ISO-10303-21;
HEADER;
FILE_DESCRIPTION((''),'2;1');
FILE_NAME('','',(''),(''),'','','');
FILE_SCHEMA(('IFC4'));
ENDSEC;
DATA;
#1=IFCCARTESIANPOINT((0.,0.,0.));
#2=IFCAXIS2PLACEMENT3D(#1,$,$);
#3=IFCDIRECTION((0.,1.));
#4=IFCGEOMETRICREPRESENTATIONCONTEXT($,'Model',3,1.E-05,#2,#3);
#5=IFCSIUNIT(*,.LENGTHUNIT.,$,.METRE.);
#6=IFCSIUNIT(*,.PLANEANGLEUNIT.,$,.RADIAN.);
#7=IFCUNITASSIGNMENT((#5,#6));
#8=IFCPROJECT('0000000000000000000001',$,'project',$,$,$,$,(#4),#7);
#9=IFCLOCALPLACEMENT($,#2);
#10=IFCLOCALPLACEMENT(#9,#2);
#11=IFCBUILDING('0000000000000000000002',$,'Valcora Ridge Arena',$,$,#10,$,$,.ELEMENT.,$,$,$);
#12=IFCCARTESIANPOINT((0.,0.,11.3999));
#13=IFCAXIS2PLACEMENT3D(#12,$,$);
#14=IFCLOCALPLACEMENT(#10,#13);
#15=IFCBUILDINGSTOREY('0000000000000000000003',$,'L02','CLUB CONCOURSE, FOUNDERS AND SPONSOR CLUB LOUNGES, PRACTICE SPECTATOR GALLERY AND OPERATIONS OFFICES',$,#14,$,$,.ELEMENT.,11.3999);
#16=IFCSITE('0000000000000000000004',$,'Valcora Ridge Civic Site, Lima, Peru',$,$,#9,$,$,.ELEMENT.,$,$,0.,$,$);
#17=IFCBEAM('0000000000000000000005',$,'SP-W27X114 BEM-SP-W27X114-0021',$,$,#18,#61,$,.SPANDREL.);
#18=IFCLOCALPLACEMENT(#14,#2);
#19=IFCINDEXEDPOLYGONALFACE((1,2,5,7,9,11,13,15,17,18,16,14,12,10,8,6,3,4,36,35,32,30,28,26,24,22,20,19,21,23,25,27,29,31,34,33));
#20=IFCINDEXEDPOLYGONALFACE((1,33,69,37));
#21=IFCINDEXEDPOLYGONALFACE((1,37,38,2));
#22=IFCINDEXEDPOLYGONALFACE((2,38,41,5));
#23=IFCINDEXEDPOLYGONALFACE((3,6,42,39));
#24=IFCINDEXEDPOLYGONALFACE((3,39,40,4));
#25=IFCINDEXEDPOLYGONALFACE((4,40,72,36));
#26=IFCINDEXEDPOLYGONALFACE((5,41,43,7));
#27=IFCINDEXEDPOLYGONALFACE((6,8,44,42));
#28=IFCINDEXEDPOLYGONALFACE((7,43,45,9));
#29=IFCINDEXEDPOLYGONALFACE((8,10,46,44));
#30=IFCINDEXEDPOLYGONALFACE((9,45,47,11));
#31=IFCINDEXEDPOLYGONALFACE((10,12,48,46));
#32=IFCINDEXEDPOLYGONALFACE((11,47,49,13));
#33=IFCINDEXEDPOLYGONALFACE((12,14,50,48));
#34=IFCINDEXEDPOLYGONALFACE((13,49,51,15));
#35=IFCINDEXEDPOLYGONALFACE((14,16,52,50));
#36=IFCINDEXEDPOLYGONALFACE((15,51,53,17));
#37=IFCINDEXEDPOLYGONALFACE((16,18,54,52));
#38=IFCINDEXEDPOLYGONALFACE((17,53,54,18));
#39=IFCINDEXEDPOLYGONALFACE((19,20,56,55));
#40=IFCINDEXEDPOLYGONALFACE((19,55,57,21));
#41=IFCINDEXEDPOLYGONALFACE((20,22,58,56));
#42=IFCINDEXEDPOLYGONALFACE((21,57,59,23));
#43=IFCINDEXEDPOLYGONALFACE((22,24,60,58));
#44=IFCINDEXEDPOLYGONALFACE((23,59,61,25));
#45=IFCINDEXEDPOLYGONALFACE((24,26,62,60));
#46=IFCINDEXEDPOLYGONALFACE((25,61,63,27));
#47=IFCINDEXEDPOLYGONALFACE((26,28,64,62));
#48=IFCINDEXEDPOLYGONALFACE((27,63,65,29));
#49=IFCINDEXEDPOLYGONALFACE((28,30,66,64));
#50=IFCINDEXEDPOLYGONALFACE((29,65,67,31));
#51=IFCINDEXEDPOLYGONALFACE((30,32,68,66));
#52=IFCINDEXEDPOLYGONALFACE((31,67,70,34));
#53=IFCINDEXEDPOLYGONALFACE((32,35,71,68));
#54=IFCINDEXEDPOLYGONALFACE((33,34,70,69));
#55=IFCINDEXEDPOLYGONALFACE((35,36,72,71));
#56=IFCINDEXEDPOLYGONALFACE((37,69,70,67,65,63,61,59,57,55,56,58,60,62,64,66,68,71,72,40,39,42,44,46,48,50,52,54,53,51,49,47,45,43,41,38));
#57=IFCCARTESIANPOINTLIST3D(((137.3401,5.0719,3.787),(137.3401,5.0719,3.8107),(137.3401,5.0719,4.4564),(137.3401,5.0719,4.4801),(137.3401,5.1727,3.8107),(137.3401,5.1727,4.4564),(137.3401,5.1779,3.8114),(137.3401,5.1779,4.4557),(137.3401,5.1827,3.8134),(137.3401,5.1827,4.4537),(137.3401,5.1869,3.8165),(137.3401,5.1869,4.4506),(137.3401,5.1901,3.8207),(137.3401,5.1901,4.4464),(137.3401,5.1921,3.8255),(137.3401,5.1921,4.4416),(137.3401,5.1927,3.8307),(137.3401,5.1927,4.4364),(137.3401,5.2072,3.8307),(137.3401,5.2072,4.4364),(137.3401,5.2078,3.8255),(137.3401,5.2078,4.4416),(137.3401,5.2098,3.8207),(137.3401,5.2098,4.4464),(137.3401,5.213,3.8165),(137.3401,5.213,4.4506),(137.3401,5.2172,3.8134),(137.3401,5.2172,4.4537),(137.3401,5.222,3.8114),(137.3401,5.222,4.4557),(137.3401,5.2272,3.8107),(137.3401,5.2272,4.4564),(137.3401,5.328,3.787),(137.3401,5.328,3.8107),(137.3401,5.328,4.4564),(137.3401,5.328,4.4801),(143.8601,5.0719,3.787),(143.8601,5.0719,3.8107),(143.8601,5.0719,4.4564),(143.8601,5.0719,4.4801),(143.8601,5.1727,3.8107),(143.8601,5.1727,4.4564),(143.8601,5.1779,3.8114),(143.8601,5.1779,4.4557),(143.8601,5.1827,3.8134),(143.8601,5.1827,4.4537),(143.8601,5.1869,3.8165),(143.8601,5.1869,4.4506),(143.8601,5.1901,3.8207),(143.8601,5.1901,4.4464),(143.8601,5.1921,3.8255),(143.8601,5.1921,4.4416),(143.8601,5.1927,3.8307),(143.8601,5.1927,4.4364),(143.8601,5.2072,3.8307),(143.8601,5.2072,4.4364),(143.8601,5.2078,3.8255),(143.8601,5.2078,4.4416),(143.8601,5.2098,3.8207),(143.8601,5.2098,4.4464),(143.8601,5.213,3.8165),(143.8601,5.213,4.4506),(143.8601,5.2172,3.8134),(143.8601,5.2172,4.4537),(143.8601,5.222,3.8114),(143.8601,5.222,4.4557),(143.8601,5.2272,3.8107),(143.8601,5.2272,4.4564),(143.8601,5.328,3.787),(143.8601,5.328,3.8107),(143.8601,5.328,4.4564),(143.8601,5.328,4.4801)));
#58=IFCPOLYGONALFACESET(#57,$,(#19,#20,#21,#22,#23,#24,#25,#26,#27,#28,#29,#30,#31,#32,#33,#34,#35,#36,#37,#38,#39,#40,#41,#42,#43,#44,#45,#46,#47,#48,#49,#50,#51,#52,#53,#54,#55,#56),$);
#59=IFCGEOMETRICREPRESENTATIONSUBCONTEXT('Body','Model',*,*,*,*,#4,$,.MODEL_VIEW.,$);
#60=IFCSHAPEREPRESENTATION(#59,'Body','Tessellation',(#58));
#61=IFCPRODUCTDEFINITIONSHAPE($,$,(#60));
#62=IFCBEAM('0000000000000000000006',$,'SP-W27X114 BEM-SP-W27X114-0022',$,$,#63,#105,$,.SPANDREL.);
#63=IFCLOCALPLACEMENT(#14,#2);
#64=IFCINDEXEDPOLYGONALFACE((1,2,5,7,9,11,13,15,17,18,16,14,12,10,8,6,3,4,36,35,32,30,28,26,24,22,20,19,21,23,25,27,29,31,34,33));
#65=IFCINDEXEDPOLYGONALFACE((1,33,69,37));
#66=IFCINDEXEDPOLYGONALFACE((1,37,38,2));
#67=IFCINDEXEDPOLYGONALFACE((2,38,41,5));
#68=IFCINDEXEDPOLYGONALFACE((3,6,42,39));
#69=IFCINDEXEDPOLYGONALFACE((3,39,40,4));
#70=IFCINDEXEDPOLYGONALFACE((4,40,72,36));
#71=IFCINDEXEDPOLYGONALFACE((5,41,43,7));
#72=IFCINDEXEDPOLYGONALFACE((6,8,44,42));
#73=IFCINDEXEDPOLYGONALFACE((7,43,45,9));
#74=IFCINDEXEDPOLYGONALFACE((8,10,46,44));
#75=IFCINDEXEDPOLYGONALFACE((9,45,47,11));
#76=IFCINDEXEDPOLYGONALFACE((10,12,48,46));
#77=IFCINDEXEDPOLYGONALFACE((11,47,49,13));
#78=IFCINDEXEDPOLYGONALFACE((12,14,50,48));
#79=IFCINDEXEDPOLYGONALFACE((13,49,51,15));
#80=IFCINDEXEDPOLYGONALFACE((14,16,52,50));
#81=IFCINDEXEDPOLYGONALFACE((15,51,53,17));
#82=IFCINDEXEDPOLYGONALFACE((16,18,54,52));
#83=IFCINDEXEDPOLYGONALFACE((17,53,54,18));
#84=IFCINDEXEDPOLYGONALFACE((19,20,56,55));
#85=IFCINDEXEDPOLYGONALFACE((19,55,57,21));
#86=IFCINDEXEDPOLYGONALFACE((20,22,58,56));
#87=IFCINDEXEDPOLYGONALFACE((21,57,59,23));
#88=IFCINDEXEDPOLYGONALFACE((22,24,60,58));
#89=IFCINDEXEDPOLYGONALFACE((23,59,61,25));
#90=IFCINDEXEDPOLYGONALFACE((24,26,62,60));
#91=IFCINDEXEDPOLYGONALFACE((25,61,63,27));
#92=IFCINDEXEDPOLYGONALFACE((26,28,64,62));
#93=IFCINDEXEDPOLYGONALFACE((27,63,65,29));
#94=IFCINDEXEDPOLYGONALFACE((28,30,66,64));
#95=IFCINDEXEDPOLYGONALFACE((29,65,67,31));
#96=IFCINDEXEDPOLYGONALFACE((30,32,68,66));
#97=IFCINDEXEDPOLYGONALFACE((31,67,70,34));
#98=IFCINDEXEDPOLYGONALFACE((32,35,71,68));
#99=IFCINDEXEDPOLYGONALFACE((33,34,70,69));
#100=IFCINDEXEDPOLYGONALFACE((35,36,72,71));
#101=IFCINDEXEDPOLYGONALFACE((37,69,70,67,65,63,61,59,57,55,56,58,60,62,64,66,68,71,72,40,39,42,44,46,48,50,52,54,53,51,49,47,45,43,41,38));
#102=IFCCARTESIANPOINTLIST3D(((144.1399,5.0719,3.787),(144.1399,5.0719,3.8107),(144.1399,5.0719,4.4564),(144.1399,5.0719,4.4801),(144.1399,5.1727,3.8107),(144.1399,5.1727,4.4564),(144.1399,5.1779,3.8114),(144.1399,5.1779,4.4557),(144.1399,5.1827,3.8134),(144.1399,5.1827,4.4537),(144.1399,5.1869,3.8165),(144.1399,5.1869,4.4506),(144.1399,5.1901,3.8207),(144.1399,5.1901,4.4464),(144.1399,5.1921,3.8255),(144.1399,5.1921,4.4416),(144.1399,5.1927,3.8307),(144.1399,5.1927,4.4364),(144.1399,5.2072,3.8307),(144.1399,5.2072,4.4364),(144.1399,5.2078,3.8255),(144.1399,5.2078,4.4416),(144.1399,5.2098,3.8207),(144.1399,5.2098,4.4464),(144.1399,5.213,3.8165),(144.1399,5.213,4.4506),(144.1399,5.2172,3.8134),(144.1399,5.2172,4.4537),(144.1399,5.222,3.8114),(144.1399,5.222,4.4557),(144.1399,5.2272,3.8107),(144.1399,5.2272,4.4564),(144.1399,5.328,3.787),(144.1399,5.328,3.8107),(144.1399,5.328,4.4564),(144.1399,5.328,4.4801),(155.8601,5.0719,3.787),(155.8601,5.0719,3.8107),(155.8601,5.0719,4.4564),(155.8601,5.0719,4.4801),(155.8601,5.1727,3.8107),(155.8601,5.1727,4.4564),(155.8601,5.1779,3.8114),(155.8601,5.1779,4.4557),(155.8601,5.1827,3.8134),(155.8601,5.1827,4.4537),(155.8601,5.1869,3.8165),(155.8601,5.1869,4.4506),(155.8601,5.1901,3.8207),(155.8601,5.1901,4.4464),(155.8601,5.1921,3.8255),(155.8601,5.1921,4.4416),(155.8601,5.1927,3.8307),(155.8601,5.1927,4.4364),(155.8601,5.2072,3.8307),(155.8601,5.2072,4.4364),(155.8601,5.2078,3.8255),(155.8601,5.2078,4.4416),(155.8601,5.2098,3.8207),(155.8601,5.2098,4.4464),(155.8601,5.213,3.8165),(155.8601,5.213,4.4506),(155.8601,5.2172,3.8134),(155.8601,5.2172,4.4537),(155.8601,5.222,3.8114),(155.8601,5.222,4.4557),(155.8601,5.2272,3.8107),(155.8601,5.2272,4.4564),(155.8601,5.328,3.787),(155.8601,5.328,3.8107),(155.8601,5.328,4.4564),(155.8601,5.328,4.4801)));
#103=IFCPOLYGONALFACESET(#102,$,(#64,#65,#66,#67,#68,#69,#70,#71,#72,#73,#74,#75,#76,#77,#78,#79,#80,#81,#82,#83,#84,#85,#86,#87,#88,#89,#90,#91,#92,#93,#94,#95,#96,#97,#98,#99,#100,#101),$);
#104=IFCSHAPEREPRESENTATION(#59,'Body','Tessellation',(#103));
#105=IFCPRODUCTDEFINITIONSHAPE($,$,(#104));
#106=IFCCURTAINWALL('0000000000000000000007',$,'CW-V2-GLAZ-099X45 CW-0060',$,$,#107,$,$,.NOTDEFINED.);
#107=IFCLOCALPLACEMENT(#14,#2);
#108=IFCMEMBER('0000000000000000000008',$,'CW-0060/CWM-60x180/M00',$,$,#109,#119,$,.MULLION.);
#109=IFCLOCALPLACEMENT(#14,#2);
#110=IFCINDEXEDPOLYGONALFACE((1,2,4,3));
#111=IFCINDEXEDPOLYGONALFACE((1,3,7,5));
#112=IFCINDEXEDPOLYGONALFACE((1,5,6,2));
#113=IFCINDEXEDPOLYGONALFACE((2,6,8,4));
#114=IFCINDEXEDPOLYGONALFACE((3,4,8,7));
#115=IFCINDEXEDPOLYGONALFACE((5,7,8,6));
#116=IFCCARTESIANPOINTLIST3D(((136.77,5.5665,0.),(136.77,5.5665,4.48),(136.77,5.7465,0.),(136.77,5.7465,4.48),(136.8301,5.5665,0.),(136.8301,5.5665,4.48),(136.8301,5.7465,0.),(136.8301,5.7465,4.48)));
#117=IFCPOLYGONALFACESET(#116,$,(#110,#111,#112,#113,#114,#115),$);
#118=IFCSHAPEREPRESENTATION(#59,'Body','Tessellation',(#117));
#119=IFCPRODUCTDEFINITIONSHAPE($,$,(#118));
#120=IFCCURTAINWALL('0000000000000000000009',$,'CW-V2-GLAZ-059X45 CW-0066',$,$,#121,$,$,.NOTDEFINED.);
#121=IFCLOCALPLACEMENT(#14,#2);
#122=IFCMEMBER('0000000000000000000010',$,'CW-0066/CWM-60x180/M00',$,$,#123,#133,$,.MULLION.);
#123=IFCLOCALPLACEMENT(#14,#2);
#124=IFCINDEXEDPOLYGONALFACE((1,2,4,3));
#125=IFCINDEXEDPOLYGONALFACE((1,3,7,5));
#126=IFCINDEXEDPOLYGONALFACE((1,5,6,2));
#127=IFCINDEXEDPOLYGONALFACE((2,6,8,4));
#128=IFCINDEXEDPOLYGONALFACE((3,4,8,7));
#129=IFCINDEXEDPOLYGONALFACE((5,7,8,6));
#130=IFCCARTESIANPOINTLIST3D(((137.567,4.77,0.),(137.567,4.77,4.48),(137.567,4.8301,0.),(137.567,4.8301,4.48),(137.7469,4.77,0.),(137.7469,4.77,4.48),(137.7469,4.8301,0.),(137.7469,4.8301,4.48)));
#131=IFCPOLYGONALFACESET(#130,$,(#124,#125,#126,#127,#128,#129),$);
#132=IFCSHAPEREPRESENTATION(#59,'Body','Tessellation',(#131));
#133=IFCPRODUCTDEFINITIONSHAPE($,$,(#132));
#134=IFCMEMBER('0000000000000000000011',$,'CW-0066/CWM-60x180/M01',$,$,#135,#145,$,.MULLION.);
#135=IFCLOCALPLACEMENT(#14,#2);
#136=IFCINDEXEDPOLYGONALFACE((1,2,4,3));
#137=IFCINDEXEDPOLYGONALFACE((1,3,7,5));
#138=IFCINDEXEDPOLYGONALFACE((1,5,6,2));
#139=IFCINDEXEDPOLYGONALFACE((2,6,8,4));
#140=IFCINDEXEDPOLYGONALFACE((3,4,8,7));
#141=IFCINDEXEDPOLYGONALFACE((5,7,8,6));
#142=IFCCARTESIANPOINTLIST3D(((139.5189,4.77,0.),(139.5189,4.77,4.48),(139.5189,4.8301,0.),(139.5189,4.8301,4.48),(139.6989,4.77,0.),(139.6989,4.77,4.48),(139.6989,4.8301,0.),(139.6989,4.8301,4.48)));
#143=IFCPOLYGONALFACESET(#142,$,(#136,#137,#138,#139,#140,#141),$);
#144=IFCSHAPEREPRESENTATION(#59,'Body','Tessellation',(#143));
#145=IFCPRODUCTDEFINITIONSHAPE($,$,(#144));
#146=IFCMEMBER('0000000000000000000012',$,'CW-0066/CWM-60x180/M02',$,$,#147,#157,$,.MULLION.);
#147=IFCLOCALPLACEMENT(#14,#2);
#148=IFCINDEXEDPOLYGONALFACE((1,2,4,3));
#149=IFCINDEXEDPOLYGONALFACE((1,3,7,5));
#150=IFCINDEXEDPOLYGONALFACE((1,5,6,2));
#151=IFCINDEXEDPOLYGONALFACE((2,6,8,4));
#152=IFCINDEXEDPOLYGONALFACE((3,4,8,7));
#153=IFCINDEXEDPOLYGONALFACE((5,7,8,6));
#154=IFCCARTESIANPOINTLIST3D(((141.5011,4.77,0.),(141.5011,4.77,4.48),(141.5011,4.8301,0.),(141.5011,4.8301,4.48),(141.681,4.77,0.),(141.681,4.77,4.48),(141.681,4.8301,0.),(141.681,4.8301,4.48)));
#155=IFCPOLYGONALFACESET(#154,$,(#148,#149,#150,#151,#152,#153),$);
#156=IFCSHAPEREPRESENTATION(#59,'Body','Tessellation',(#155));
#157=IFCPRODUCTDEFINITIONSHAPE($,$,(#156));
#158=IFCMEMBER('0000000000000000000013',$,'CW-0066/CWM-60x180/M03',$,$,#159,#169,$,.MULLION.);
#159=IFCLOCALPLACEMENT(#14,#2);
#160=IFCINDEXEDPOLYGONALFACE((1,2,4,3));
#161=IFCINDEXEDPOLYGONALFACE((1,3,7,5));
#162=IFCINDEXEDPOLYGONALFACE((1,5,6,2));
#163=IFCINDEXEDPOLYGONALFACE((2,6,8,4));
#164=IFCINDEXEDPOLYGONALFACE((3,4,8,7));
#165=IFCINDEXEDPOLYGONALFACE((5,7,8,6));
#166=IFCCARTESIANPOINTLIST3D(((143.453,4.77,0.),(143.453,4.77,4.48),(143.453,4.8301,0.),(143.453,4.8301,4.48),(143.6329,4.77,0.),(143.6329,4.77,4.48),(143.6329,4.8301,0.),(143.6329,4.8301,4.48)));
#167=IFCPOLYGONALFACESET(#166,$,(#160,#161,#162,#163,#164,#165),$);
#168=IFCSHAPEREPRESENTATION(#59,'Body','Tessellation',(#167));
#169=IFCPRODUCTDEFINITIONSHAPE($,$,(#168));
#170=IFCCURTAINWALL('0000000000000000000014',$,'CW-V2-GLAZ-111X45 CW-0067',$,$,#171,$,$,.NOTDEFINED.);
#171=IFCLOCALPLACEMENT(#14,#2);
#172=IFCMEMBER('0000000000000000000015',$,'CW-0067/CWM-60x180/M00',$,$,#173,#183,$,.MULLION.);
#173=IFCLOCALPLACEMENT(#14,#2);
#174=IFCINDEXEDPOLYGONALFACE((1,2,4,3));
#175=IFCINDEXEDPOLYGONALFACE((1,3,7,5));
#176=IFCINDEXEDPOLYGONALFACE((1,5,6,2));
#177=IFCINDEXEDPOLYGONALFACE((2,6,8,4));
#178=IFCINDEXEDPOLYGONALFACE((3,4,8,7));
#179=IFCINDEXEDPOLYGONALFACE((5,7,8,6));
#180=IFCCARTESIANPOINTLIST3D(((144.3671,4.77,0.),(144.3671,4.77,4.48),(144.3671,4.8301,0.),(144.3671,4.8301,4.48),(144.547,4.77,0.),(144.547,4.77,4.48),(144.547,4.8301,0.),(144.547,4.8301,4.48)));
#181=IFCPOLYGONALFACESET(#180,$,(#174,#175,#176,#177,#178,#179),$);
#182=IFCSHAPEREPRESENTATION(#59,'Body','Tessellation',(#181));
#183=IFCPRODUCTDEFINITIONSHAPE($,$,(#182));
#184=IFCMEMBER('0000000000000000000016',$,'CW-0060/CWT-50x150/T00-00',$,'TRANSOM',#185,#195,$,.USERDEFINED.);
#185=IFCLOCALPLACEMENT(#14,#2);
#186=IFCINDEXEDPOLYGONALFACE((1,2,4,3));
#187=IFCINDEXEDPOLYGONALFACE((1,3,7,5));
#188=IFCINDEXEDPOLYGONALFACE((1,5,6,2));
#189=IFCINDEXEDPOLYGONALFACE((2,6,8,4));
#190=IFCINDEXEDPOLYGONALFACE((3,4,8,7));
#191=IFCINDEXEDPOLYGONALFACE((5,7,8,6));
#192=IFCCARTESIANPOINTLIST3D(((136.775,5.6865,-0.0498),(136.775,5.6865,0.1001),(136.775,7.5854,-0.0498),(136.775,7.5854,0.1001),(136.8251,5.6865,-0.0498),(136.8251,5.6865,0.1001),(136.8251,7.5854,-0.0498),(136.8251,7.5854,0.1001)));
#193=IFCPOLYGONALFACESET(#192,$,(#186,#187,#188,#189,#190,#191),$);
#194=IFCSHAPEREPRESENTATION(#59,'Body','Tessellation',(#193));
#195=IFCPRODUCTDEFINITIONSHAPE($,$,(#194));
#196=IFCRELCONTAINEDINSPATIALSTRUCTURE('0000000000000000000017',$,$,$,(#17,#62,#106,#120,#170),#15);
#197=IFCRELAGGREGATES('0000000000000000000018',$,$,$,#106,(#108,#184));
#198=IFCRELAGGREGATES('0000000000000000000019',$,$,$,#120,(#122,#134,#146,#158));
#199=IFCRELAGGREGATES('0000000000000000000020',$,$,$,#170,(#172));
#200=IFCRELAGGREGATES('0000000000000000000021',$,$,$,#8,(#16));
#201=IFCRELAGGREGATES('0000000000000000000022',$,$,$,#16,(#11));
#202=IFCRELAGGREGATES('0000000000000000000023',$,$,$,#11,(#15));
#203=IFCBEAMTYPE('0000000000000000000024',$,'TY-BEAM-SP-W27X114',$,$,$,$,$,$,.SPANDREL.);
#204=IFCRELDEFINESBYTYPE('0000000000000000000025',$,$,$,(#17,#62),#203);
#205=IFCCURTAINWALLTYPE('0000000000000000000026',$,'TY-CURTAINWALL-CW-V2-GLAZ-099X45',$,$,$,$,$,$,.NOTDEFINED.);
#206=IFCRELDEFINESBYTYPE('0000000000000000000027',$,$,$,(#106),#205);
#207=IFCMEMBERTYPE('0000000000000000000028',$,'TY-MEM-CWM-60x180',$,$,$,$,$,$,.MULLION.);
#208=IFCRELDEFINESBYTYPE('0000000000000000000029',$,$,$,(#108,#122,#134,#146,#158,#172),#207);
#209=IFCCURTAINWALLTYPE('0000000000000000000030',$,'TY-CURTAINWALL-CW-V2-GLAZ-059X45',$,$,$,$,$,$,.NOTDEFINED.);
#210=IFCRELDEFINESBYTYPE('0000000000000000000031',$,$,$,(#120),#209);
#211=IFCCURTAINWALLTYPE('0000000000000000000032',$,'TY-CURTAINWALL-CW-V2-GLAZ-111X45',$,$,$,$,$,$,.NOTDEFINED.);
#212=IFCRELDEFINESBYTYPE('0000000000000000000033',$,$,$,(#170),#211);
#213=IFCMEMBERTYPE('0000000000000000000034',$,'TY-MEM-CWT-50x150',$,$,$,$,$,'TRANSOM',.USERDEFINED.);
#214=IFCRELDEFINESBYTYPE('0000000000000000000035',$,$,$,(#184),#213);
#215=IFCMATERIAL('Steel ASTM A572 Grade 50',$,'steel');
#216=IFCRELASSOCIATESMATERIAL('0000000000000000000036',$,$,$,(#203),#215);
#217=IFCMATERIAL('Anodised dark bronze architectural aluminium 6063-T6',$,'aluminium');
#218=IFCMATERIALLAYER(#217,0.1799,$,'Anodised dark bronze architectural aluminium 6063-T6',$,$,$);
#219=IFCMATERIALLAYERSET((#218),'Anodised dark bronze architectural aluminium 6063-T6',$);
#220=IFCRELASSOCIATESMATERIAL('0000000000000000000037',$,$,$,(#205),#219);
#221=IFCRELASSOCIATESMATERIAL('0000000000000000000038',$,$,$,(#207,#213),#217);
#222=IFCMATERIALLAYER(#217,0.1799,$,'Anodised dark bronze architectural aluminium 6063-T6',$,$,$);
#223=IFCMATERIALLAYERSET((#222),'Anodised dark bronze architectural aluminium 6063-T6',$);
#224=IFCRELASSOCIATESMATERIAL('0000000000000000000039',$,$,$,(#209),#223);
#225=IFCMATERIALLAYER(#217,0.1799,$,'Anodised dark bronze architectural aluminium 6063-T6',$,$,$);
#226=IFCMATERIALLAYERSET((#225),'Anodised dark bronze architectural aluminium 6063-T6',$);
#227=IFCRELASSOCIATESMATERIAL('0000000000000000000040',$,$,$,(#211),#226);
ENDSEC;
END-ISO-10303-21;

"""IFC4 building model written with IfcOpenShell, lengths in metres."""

from ifc_helpers import new_model, si_unit, direction, frame, origin, origin_2d, place, context, subcontext, project, spatial, rectangle, i_section, extrude, material, layer, layer_set, material_profile, profile_set, type_object, element, aggregate, save


model = new_model("IFC4")

# Units and contexts
model_context = context("Model", 3, precision=1e-05, world=origin(), true_north=direction((0.0, 1.0)))
body_context = subcontext(model_context, "Body", "Model", "MODEL_VIEW")
ifc_project = project(units=[si_unit("LENGTHUNIT", "METRE"), si_unit("PLANEANGLEUNIT", "RADIAN")], contexts=[model_context])

# Site, building, storey
site_placement = place(None, origin())
site = spatial("IfcSite", under=ifc_project, at=site_placement, Name="Valcora Ridge Civic Site, Lima, Peru", CompositionType="ELEMENT", RefElevation=0.0)
building_placement = place(site_placement, origin())
building = spatial("IfcBuilding", under=site, at=building_placement, Name="Valcora Ridge Arena", CompositionType="ELEMENT")
storey_placement = place(building_placement, frame((0.0, 0.0, 11.3999)))
storey = spatial("IfcBuildingStorey", under=building, at=storey_placement, Name="L02", Description="CLUB CONCOURSE, FOUNDERS AND SPONSOR CLUB LOUNGES, PRACTICE SPECTATOR GALLERY AND OPERATIONS OFFICES", CompositionType="ELEMENT", Elevation=11.3999)

# Shared definitions
ifc_material_1 = material(Name="Steel ASTM A572 Grade 50", Category="steel")

# Beams
ifc_material_profile_1 = material_profile(ifc_material_1, i_section(OverallWidth=0.2561, OverallDepth=0.6931, WebThickness=0.0144, FlangeThickness=0.0237, FilletRadius=0.02, at=origin_2d()), Name="W27X114")
ifc_profile_set_1 = profile_set([ifc_material_profile_1], Name="Steel ASTM A572 Grade 50")
beam_type_1 = type_object("IfcBeamType", Name="TY-BEAM-SP-W27X114", PredefinedType="SPANDREL", material=ifc_profile_set_1)
beam_1_placement = place(storey_placement, frame((137.3401, 5.2, 4.1335), z_axis=(1.0, 0.0, 0.0), x_axis=(0.0, 1.0, 0.0)))
element("IfcBeam", 1, at=beam_1_placement, inside=storey, type_object=beam_type_1, Name="SP-W27X114 BEM-SP-W27X114-0021", PredefinedType="SPANDREL", context=body_context, shape_type="SweptSolid", body=[
    extrude(i_section(OverallWidth=0.2561, OverallDepth=0.6931, WebThickness=0.0144, FlangeThickness=0.0237, FilletRadius=0.02, at=origin_2d()), origin(), (0.0, 0.0, 1.0), 6.52),
])
beam_2_placement = place(storey_placement, frame((144.1399, 5.2, 4.1335), z_axis=(1.0, 0.0, 0.0), x_axis=(0.0, 1.0, 0.0)))
element("IfcBeam", 2, at=beam_2_placement, inside=storey, type_object=beam_type_1, Name="SP-W27X114 BEM-SP-W27X114-0022", PredefinedType="SPANDREL", context=body_context, shape_type="SweptSolid", body=[
    extrude(i_section(OverallWidth=0.2561, OverallDepth=0.6931, WebThickness=0.0144, FlangeThickness=0.0237, FilletRadius=0.02, at=origin_2d()), origin(), (0.0, 0.0, 1.0), 11.7202),
])

# Curtain wall, member
ifc_material_2 = material(Name="Anodised dark bronze architectural aluminium 6063-T6", Category="aluminium")
ifc_layer_1 = layer(ifc_material_2, 0.1799, Name="Anodised dark bronze architectural aluminium 6063-T6")
ifc_layer_set_1 = layer_set([ifc_layer_1], Name="Anodised dark bronze architectural aluminium 6063-T6")
curtain_wall_type_1 = type_object("IfcCurtainWallType", Name="TY-CURTAINWALL-CW-V2-GLAZ-099X45", PredefinedType="NOTDEFINED", material=ifc_layer_set_1)
curtain_wall_1_placement = place(storey_placement, origin())
curtain_wall_1 = element("IfcCurtainWall", 3, at=curtain_wall_1_placement, inside=storey, type_object=curtain_wall_type_1, Name="CW-V2-GLAZ-099X45 CW-0060", PredefinedType="NOTDEFINED")
ifc_material_profile_2 = material_profile(ifc_material_2, rectangle(XDim=0.0601, YDim=0.1799, at=origin_2d()), Name="ALU MULLION 60x180")
ifc_profile_set_2 = profile_set([ifc_material_profile_2], Name="Anodised dark bronze architectural aluminium 6063-T6")
member_type_1 = type_object("IfcMemberType", Name="TY-MEM-CWM-60x180", PredefinedType="MULLION", material=ifc_profile_set_2)
member_1_placement = place(storey_placement, frame((136.8, 5.6565, 0.0), z_axis=(0.0, 0.0, 1.0), x_axis=(-1.0, 0.0, 0.0)))
member_1 = element("IfcMember", 4, at=member_1_placement, type_object=member_type_1, Name="CW-0060/CWM-60x180/M00", PredefinedType="MULLION", context=body_context, shape_type="SweptSolid", body=[
    extrude(rectangle(XDim=0.0601, YDim=0.1799, at=origin_2d()), origin(), (0.0, 0.0, 1.0), 4.48),
])

# Curtain wall, members
ifc_layer_2 = layer(ifc_material_2, 0.1799, Name="Anodised dark bronze architectural aluminium 6063-T6")
ifc_layer_set_2 = layer_set([ifc_layer_2], Name="Anodised dark bronze architectural aluminium 6063-T6")
curtain_wall_type_2 = type_object("IfcCurtainWallType", Name="TY-CURTAINWALL-CW-V2-GLAZ-059X45", PredefinedType="NOTDEFINED", material=ifc_layer_set_2)
curtain_wall_2_placement = place(storey_placement, origin())
curtain_wall_2 = element("IfcCurtainWall", 5, at=curtain_wall_2_placement, inside=storey, type_object=curtain_wall_type_2, Name="CW-V2-GLAZ-059X45 CW-0066", PredefinedType="NOTDEFINED")
member_2_placement = place(storey_placement, frame((137.657, 4.8, 0.0), z_axis=(0.0, 0.0, 1.0), x_axis=(0.0, 1.0, 0.0)))
member_2 = element("IfcMember", 6, at=member_2_placement, type_object=member_type_1, Name="CW-0066/CWM-60x180/M00", PredefinedType="MULLION", context=body_context, shape_type="SweptSolid", body=[
    extrude(rectangle(XDim=0.0601, YDim=0.1799, at=origin_2d()), origin(), (0.0, 0.0, 1.0), 4.48),
])
member_3_placement = place(storey_placement, frame((139.6089, 4.8, 0.0), z_axis=(0.0, 0.0, 1.0), x_axis=(0.0, 1.0, 0.0)))
member_3 = element("IfcMember", 7, at=member_3_placement, type_object=member_type_1, Name="CW-0066/CWM-60x180/M01", PredefinedType="MULLION", context=body_context, shape_type="SweptSolid", body=[
    extrude(rectangle(XDim=0.0601, YDim=0.1799, at=origin_2d()), origin(), (0.0, 0.0, 1.0), 4.48),
])
member_4_placement = place(storey_placement, frame((141.5911, 4.8, 0.0), z_axis=(0.0, 0.0, 1.0), x_axis=(0.0, 1.0, 0.0)))
member_4 = element("IfcMember", 8, at=member_4_placement, type_object=member_type_1, Name="CW-0066/CWM-60x180/M02", PredefinedType="MULLION", context=body_context, shape_type="SweptSolid", body=[
    extrude(rectangle(XDim=0.0601, YDim=0.1799, at=origin_2d()), origin(), (0.0, 0.0, 1.0), 4.48),
])
member_5_placement = place(storey_placement, frame((143.543, 4.8, 0.0), z_axis=(0.0, 0.0, 1.0), x_axis=(0.0, 1.0, 0.0)))
member_5 = element("IfcMember", 9, at=member_5_placement, type_object=member_type_1, Name="CW-0066/CWM-60x180/M03", PredefinedType="MULLION", context=body_context, shape_type="SweptSolid", body=[
    extrude(rectangle(XDim=0.0601, YDim=0.1799, at=origin_2d()), origin(), (0.0, 0.0, 1.0), 4.48),
])

# Curtain wall, member
ifc_layer_3 = layer(ifc_material_2, 0.1799, Name="Anodised dark bronze architectural aluminium 6063-T6")
ifc_layer_set_3 = layer_set([ifc_layer_3], Name="Anodised dark bronze architectural aluminium 6063-T6")
curtain_wall_type_3 = type_object("IfcCurtainWallType", Name="TY-CURTAINWALL-CW-V2-GLAZ-111X45", PredefinedType="NOTDEFINED", material=ifc_layer_set_3)
curtain_wall_3_placement = place(storey_placement, origin())
curtain_wall_3 = element("IfcCurtainWall", 10, at=curtain_wall_3_placement, inside=storey, type_object=curtain_wall_type_3, Name="CW-V2-GLAZ-111X45 CW-0067", PredefinedType="NOTDEFINED")
member_6_placement = place(storey_placement, frame((144.457, 4.8, 0.0), z_axis=(0.0, 0.0, 1.0), x_axis=(0.0, 1.0, 0.0)))
member_6 = element("IfcMember", 11, at=member_6_placement, type_object=member_type_1, Name="CW-0067/CWM-60x180/M00", PredefinedType="MULLION", context=body_context, shape_type="SweptSolid", body=[
    extrude(rectangle(XDim=0.0601, YDim=0.1799, at=origin_2d()), origin(), (0.0, 0.0, 1.0), 4.48),
])

# Member
ifc_material_profile_3 = material_profile(ifc_material_2, rectangle(XDim=0.05, YDim=0.1499, at=origin_2d()), Name="ALU TRANSOM 50x150")
ifc_profile_set_3 = profile_set([ifc_material_profile_3], Name="Anodised dark bronze architectural aluminium 6063-T6")
member_type_2 = type_object("IfcMemberType", Name="TY-MEM-CWT-50x150", ElementType="TRANSOM", PredefinedType="USERDEFINED", material=ifc_profile_set_3)
member_7_placement = place(storey_placement, frame((136.8, 5.6865, 0.0251), z_axis=(0.0, 1.0, 0.0), x_axis=(-1.0, 0.0, 0.0)))
member_7 = element("IfcMember", 12, at=member_7_placement, type_object=member_type_2, Name="CW-0060/CWT-50x150/T00-00", ObjectType="TRANSOM", PredefinedType="USERDEFINED", context=body_context, shape_type="SweptSolid", body=[
    extrude(rectangle(XDim=0.05, YDim=0.1499, at=origin_2d()), origin(), (0.0, 0.0, 1.0), 1.8989),
])

aggregate(curtain_wall_1, [member_1, member_7])
aggregate(curtain_wall_2, [member_2, member_3, member_4, member_5])
aggregate(curtain_wall_3, [member_6])

save(model, "model.ifc")
